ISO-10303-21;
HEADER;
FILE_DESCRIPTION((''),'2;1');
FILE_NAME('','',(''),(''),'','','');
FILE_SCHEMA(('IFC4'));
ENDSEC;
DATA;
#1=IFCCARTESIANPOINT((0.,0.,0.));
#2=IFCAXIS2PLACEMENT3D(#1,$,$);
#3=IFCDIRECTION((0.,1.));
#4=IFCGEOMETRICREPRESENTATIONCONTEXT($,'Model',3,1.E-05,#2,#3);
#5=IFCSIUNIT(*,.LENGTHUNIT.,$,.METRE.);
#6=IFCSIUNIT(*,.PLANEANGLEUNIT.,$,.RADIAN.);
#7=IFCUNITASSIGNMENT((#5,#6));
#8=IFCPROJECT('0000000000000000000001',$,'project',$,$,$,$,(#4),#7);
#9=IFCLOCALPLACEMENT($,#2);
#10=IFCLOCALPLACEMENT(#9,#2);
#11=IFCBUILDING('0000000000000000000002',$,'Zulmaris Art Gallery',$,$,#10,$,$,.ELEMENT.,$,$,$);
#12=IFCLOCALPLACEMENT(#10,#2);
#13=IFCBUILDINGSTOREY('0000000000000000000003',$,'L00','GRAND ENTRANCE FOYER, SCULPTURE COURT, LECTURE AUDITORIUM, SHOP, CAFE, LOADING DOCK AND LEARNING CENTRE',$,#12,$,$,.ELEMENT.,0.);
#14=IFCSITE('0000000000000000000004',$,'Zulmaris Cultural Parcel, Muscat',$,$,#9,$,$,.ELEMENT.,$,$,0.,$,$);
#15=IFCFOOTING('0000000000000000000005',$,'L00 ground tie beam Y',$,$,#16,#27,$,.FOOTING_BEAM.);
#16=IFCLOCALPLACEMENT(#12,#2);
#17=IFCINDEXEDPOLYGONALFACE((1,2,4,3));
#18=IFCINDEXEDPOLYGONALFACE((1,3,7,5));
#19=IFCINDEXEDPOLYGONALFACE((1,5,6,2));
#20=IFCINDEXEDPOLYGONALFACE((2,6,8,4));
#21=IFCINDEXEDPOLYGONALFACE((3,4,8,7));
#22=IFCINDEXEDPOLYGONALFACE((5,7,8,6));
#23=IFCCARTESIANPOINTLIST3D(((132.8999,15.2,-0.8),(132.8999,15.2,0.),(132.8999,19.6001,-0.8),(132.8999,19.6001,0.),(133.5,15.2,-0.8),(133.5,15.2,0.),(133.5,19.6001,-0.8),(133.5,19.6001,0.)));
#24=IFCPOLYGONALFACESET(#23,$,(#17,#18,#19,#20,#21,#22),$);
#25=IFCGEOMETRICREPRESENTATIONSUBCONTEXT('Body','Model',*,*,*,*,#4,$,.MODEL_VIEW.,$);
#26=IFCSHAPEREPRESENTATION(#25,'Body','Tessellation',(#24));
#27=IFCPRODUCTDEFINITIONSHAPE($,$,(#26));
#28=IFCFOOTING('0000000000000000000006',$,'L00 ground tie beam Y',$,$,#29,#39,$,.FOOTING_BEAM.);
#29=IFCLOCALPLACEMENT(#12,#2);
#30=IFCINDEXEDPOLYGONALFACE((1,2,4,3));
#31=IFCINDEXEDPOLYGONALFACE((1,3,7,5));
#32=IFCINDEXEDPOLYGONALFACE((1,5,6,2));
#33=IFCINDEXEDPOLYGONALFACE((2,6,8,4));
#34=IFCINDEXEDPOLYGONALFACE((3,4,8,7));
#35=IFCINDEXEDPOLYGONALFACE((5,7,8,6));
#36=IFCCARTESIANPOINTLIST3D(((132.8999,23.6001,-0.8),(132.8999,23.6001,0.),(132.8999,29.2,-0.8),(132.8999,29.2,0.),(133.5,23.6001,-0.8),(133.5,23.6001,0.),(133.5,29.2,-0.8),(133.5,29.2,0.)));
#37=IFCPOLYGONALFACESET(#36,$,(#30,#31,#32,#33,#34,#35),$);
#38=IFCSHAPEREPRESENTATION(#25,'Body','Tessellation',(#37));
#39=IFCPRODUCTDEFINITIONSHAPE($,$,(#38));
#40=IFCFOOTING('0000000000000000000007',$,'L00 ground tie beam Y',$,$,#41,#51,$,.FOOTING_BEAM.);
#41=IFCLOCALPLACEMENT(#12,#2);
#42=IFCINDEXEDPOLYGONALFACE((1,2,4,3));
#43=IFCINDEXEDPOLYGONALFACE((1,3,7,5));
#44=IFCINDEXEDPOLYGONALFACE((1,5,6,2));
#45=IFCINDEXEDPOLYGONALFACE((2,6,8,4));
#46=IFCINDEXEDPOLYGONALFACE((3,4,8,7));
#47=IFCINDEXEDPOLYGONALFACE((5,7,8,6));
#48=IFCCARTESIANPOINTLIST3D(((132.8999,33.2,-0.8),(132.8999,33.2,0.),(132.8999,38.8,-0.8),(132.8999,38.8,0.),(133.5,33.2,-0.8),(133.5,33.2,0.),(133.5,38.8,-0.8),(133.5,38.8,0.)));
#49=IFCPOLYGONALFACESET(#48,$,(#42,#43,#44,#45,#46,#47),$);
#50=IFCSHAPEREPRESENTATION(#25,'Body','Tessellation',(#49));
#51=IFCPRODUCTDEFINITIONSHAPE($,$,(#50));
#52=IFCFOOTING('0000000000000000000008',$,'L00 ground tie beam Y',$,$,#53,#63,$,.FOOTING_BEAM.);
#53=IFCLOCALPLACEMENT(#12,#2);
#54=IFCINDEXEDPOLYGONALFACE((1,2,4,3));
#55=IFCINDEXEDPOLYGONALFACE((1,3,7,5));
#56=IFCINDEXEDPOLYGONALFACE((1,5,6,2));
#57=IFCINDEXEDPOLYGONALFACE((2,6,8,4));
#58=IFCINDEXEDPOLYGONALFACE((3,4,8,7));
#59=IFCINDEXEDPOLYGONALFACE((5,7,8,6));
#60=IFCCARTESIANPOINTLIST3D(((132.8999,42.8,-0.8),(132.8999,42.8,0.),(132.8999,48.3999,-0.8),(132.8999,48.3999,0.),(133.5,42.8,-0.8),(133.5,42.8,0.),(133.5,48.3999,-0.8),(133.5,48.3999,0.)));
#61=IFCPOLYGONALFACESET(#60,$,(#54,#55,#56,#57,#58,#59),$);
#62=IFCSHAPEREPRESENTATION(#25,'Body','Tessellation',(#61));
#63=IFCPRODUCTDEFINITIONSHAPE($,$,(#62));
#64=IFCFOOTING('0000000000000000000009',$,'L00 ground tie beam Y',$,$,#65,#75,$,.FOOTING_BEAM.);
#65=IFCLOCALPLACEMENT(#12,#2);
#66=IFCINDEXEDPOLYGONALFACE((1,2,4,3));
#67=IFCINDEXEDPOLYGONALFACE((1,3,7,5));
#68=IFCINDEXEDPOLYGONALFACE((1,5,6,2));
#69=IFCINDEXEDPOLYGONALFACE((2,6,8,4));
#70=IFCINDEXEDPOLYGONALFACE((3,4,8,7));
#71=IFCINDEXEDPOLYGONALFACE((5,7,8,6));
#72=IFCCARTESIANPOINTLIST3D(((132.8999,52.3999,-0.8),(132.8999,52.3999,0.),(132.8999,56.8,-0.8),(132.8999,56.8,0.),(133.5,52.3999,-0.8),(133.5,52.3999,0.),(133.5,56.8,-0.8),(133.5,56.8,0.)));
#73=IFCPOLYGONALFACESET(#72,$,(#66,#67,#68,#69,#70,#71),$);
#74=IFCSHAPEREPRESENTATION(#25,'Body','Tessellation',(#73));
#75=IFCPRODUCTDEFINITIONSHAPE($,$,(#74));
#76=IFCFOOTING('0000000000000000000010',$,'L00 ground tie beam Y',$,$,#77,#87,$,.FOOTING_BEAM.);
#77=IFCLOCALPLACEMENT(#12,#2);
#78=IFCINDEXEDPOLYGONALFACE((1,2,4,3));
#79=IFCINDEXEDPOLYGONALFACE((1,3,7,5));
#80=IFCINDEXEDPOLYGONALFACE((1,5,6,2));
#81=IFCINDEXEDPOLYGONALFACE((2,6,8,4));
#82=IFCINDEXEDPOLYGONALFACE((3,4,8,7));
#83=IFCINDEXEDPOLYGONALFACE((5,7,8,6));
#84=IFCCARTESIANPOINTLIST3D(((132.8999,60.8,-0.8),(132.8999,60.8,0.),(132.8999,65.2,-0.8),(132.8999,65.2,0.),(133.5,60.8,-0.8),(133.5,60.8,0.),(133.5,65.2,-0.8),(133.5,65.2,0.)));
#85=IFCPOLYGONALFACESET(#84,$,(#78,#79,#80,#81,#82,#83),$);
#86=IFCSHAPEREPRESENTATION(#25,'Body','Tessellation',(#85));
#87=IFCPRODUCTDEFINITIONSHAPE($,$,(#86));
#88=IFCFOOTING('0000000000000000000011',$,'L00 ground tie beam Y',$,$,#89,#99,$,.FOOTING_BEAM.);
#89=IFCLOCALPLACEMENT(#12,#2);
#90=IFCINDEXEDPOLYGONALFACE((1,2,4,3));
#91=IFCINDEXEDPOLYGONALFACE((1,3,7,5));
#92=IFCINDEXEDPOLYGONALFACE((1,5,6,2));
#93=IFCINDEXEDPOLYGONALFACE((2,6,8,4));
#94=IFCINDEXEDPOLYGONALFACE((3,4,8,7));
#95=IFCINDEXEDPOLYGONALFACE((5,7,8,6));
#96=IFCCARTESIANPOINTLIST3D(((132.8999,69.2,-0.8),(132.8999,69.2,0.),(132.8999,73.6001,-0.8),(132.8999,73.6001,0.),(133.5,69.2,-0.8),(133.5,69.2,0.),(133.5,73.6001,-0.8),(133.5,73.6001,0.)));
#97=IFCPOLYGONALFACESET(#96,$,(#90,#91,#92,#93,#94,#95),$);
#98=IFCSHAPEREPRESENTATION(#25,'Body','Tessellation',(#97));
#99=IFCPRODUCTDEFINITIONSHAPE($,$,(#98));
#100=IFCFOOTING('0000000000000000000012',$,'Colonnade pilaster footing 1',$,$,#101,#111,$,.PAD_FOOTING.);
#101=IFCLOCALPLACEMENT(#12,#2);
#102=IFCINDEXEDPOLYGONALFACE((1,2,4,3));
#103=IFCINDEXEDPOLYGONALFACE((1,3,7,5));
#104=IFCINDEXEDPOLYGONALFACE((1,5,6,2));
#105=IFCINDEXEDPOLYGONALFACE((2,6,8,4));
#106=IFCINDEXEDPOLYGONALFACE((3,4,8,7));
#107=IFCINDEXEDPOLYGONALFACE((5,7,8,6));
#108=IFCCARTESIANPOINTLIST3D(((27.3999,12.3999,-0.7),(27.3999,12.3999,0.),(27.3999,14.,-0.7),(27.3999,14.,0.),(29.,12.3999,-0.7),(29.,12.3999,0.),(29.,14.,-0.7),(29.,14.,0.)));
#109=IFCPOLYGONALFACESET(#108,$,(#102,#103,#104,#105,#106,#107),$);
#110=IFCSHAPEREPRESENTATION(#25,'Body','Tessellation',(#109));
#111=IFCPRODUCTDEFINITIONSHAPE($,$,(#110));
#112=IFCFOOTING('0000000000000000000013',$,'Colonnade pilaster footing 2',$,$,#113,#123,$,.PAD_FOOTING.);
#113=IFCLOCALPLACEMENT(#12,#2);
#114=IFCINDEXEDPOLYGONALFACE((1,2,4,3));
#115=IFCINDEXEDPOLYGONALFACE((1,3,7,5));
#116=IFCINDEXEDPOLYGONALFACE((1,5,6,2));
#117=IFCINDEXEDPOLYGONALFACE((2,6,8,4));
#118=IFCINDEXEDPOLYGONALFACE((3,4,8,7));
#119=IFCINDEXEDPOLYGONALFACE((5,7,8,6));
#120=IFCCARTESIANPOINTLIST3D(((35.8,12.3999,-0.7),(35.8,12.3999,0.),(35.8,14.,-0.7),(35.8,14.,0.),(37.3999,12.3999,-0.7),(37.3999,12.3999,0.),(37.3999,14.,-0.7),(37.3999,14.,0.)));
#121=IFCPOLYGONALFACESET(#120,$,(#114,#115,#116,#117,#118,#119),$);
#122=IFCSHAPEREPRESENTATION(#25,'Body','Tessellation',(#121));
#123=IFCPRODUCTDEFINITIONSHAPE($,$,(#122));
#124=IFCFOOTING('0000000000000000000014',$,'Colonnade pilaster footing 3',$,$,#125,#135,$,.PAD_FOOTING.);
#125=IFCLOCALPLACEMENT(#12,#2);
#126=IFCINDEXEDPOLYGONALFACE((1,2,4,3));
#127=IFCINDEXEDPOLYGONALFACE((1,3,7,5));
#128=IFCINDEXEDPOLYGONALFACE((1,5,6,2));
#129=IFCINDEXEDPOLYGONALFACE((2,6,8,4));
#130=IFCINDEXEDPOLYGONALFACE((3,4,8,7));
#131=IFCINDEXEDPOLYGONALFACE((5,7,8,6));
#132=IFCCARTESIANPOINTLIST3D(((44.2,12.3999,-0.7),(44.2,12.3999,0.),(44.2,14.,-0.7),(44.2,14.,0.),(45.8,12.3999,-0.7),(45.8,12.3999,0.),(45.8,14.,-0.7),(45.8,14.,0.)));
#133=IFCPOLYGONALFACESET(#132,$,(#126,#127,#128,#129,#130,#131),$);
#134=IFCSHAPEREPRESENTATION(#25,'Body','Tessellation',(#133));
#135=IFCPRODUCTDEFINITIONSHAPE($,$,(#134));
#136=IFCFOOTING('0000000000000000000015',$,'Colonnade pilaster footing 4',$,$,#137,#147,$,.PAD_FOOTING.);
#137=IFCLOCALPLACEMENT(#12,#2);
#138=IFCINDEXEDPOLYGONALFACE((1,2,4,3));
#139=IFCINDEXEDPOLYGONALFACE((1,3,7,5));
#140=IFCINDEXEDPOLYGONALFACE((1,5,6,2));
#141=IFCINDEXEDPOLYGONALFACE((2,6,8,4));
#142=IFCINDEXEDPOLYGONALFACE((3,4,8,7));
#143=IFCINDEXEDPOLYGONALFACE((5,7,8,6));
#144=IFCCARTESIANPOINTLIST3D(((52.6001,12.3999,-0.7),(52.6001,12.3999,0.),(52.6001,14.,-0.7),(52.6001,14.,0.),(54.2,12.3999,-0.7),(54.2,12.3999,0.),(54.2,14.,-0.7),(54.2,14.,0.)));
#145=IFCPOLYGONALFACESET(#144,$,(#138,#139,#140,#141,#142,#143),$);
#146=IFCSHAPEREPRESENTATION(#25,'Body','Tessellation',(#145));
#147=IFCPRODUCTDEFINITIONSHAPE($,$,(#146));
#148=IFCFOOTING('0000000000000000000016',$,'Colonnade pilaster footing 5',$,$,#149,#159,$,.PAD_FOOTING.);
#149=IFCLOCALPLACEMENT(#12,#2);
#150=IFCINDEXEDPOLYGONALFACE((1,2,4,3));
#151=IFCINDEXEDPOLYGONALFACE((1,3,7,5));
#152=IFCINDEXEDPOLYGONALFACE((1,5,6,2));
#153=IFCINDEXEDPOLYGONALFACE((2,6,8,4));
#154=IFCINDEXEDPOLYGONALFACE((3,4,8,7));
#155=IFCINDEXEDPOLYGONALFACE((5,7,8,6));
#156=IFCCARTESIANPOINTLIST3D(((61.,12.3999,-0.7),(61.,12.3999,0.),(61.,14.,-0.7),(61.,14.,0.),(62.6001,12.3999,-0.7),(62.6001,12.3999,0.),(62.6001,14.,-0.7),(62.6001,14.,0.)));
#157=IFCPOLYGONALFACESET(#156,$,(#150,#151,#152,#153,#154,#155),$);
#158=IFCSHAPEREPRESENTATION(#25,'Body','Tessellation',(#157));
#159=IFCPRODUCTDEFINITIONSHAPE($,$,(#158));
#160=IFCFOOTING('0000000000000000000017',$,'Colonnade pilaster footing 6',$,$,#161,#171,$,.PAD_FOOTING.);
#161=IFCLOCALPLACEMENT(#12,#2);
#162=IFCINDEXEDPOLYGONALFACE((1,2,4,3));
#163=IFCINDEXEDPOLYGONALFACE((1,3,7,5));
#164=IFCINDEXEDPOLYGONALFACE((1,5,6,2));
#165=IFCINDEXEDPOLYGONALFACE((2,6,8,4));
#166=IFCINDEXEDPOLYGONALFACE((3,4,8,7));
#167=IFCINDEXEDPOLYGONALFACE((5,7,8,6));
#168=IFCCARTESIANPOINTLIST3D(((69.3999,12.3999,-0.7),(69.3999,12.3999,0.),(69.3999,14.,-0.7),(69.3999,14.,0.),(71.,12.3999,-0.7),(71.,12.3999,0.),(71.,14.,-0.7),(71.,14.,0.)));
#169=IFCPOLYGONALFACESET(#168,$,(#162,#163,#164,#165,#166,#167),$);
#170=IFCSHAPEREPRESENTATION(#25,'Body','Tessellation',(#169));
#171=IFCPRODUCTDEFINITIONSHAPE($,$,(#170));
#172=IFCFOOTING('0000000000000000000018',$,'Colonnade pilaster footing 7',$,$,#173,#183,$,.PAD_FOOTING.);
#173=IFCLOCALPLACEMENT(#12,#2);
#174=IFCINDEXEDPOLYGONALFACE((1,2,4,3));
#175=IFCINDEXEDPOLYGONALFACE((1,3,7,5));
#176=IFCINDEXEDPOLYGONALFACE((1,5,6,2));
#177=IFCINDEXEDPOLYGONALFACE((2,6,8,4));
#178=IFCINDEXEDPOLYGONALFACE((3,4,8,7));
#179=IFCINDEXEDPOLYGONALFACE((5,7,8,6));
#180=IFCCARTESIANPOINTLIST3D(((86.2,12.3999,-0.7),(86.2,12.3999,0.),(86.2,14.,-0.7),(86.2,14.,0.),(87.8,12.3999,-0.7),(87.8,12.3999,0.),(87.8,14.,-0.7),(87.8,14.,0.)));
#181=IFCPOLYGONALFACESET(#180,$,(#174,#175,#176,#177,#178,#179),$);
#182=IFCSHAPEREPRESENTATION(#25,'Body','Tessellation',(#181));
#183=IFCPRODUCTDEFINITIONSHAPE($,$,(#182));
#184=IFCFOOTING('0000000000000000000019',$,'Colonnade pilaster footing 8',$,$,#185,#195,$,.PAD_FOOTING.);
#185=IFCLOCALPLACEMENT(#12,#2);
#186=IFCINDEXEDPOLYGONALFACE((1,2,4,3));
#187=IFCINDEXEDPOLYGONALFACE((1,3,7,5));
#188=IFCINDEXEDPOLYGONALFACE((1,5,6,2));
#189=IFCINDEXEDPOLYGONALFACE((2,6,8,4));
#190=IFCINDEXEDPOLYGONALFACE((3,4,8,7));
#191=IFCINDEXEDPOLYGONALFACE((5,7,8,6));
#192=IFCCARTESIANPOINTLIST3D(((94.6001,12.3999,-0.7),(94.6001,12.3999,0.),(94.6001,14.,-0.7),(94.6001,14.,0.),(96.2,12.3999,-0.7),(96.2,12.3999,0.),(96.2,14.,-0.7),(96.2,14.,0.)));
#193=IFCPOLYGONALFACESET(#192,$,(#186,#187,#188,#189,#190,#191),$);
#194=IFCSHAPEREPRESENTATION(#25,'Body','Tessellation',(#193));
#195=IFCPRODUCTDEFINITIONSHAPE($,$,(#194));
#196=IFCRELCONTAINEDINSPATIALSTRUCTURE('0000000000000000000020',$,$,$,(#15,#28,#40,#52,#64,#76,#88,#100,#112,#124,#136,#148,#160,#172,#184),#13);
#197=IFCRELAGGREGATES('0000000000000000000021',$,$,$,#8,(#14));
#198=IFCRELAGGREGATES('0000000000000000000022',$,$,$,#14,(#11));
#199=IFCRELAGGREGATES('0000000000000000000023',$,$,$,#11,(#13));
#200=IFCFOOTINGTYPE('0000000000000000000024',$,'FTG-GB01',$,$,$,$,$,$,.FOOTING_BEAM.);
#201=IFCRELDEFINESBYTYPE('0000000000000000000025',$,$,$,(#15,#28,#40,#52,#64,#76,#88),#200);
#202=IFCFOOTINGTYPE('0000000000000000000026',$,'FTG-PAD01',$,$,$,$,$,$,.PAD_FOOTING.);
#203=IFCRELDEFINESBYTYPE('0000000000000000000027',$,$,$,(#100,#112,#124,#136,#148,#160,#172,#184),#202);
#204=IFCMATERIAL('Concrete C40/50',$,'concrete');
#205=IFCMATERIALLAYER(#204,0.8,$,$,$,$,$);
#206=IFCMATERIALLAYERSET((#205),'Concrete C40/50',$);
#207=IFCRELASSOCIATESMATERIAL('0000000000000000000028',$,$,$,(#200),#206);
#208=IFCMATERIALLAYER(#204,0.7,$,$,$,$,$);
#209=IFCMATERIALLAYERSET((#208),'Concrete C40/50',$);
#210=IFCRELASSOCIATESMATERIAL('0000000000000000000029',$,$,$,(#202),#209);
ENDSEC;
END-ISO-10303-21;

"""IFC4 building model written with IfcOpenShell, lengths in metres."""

from ifc_helpers import new_model, si_unit, direction, frame, origin, place, context, subcontext, project, spatial, polyline, outline, extrude, material, layer, layer_set, type_object, element, save


model = new_model("IFC4")

# Units and contexts
model_context = context("Model", 3, precision=1e-05, world=origin(), true_north=direction((0.0, 1.0)))
body_context = subcontext(model_context, "Body", "Model", "MODEL_VIEW")
ifc_project = project(units=[si_unit("LENGTHUNIT", "METRE"), si_unit("PLANEANGLEUNIT", "RADIAN")], contexts=[model_context])

# Site, building, storey
site_placement = place(None, origin())
site = spatial("IfcSite", under=ifc_project, at=site_placement, Name="Zulmaris Cultural Parcel, Muscat", CompositionType="ELEMENT", RefElevation=0.0)
building_placement = place(site_placement, origin())
building = spatial("IfcBuilding", under=site, at=building_placement, Name="Zulmaris Art Gallery", CompositionType="ELEMENT")
storey_placement = place(building_placement, origin())
storey = spatial("IfcBuildingStorey", under=building, at=storey_placement, Name="L00", Description="GRAND ENTRANCE FOYER, SCULPTURE COURT, LECTURE AUDITORIUM, SHOP, CAFE, LOADING DOCK AND LEARNING CENTRE", CompositionType="ELEMENT", Elevation=0.0)

# Footings
ifc_material = material(Name="Concrete C40/50", Category="concrete")
ifc_layer_1 = layer(ifc_material, 0.8)
ifc_layer_set_1 = layer_set([ifc_layer_1], Name="Concrete C40/50")
footing_type_1 = type_object("IfcFootingType", Name="FTG-GB01", PredefinedType="FOOTING_BEAM", material=ifc_layer_set_1)
footing_1_placement = place(storey_placement, frame((0.0, 0.0, -0.8)))
element("IfcFooting", 1, at=footing_1_placement, inside=storey, type_object=footing_type_1, Name="L00 ground tie beam Y", PredefinedType="FOOTING_BEAM", context=body_context, shape_type="SweptSolid", body=[
    extrude(outline(polyline([(132.8999, 15.2), (133.5, 15.2), (133.5, 19.6001), (132.8999, 19.6001), (132.8999, 15.2)])), origin(), (0.0, 0.0, 1.0), 0.8),
])
footing_2_placement = place(storey_placement, frame((0.0, 0.0, -0.8)))
element("IfcFooting", 2, at=footing_2_placement, inside=storey, type_object=footing_type_1, Name="L00 ground tie beam Y", PredefinedType="FOOTING_BEAM", context=body_context, shape_type="SweptSolid", body=[
    extrude(outline(polyline([(132.8999, 23.6001), (133.5, 23.6001), (133.5, 29.2), (132.8999, 29.2), (132.8999, 23.6001)])), origin(), (0.0, 0.0, 1.0), 0.8),
])
footing_3_placement = place(storey_placement, frame((0.0, 0.0, -0.8)))
element("IfcFooting", 3, at=footing_3_placement, inside=storey, type_object=footing_type_1, Name="L00 ground tie beam Y", PredefinedType="FOOTING_BEAM", context=body_context, shape_type="SweptSolid", body=[
    extrude(outline(polyline([(132.8999, 33.2), (133.5, 33.2), (133.5, 38.8), (132.8999, 38.8), (132.8999, 33.2)])), origin(), (0.0, 0.0, 1.0), 0.8),
])
footing_4_placement = place(storey_placement, frame((0.0, 0.0, -0.8)))
element("IfcFooting", 4, at=footing_4_placement, inside=storey, type_object=footing_type_1, Name="L00 ground tie beam Y", PredefinedType="FOOTING_BEAM", context=body_context, shape_type="SweptSolid", body=[
    extrude(outline(polyline([(132.8999, 42.8), (133.5, 42.8), (133.5, 48.3999), (132.8999, 48.3999), (132.8999, 42.8)])), origin(), (0.0, 0.0, 1.0), 0.8),
])
footing_5_placement = place(storey_placement, frame((0.0, 0.0, -0.8)))
element("IfcFooting", 5, at=footing_5_placement, inside=storey, type_object=footing_type_1, Name="L00 ground tie beam Y", PredefinedType="FOOTING_BEAM", context=body_context, shape_type="SweptSolid", body=[
    extrude(outline(polyline([(132.8999, 52.3999), (133.5, 52.3999), (133.5, 56.8), (132.8999, 56.8), (132.8999, 52.3999)])), origin(), (0.0, 0.0, 1.0), 0.8),
])
footing_6_placement = place(storey_placement, frame((0.0, 0.0, -0.8)))
element("IfcFooting", 6, at=footing_6_placement, inside=storey, type_object=footing_type_1, Name="L00 ground tie beam Y", PredefinedType="FOOTING_BEAM", context=body_context, shape_type="SweptSolid", body=[
    extrude(outline(polyline([(132.8999, 60.8), (133.5, 60.8), (133.5, 65.2), (132.8999, 65.2), (132.8999, 60.8)])), origin(), (0.0, 0.0, 1.0), 0.8),
])
footing_7_placement = place(storey_placement, frame((0.0, 0.0, -0.8)))
element("IfcFooting", 7, at=footing_7_placement, inside=storey, type_object=footing_type_1, Name="L00 ground tie beam Y", PredefinedType="FOOTING_BEAM", context=body_context, shape_type="SweptSolid", body=[
    extrude(outline(polyline([(132.8999, 69.2), (133.5, 69.2), (133.5, 73.6001), (132.8999, 73.6001), (132.8999, 69.2)])), origin(), (0.0, 0.0, 1.0), 0.8),
])
ifc_layer_2 = layer(ifc_material, 0.7)
ifc_layer_set_2 = layer_set([ifc_layer_2], Name="Concrete C40/50")
footing_type_2 = type_object("IfcFootingType", Name="FTG-PAD01", PredefinedType="PAD_FOOTING", material=ifc_layer_set_2)
footing_8_placement = place(storey_placement, frame((0.0, 0.0, -0.7)))
element("IfcFooting", 8, at=footing_8_placement, inside=storey, type_object=footing_type_2, Name="Colonnade pilaster footing 1", PredefinedType="PAD_FOOTING", context=body_context, shape_type="SweptSolid", body=[
    extrude(outline(polyline([(27.3999, 12.3999), (29.0, 12.3999), (29.0, 14.0), (27.3999, 14.0), (27.3999, 12.3999)])), origin(), (0.0, 0.0, 1.0), 0.7),
])
footing_9_placement = place(storey_placement, frame((0.0, 0.0, -0.7)))
element("IfcFooting", 9, at=footing_9_placement, inside=storey, type_object=footing_type_2, Name="Colonnade pilaster footing 2", PredefinedType="PAD_FOOTING", context=body_context, shape_type="SweptSolid", body=[
    extrude(outline(polyline([(35.8, 12.3999), (37.3999, 12.3999), (37.3999, 14.0), (35.8, 14.0), (35.8, 12.3999)])), origin(), (0.0, 0.0, 1.0), 0.7),
])
footing_10_placement = place(storey_placement, frame((0.0, 0.0, -0.7)))
element("IfcFooting", 10, at=footing_10_placement, inside=storey, type_object=footing_type_2, Name="Colonnade pilaster footing 3", PredefinedType="PAD_FOOTING", context=body_context, shape_type="SweptSolid", body=[
    extrude(outline(polyline([(44.2, 12.3999), (45.8, 12.3999), (45.8, 14.0), (44.2, 14.0), (44.2, 12.3999)])), origin(), (0.0, 0.0, 1.0), 0.7),
])
footing_11_placement = place(storey_placement, frame((0.0, 0.0, -0.7)))
element("IfcFooting", 11, at=footing_11_placement, inside=storey, type_object=footing_type_2, Name="Colonnade pilaster footing 4", PredefinedType="PAD_FOOTING", context=body_context, shape_type="SweptSolid", body=[
    extrude(outline(polyline([(52.6001, 12.3999), (54.2, 12.3999), (54.2, 14.0), (52.6001, 14.0), (52.6001, 12.3999)])), origin(), (0.0, 0.0, 1.0), 0.7),
])
footing_12_placement = place(storey_placement, frame((0.0, 0.0, -0.7)))
element("IfcFooting", 12, at=footing_12_placement, inside=storey, type_object=footing_type_2, Name="Colonnade pilaster footing 5", PredefinedType="PAD_FOOTING", context=body_context, shape_type="SweptSolid", body=[
    extrude(outline(polyline([(61.0, 12.3999), (62.6001, 12.3999), (62.6001, 14.0), (61.0, 14.0), (61.0, 12.3999)])), origin(), (0.0, 0.0, 1.0), 0.7),
])
footing_13_placement = place(storey_placement, frame((0.0, 0.0, -0.7)))
element("IfcFooting", 13, at=footing_13_placement, inside=storey, type_object=footing_type_2, Name="Colonnade pilaster footing 6", PredefinedType="PAD_FOOTING", context=body_context, shape_type="SweptSolid", body=[
    extrude(outline(polyline([(69.3999, 12.3999), (71.0, 12.3999), (71.0, 14.0), (69.3999, 14.0), (69.3999, 12.3999)])), origin(), (0.0, 0.0, 1.0), 0.7),
])
footing_14_placement = place(storey_placement, frame((0.0, 0.0, -0.7)))
element("IfcFooting", 14, at=footing_14_placement, inside=storey, type_object=footing_type_2, Name="Colonnade pilaster footing 7", PredefinedType="PAD_FOOTING", context=body_context, shape_type="SweptSolid", body=[
    extrude(outline(polyline([(86.2, 12.3999), (87.8, 12.3999), (87.8, 14.0), (86.2, 14.0), (86.2, 12.3999)])), origin(), (0.0, 0.0, 1.0), 0.7),
])
footing_15_placement = place(storey_placement, frame((0.0, 0.0, -0.7)))
element("IfcFooting", 15, at=footing_15_placement, inside=storey, type_object=footing_type_2, Name="Colonnade pilaster footing 8", PredefinedType="PAD_FOOTING", context=body_context, shape_type="SweptSolid", body=[
    extrude(outline(polyline([(94.6001, 12.3999), (96.2, 12.3999), (96.2, 14.0), (94.6001, 14.0), (94.6001, 12.3999)])), origin(), (0.0, 0.0, 1.0), 0.7),
])

save(model, "model.ifc")
